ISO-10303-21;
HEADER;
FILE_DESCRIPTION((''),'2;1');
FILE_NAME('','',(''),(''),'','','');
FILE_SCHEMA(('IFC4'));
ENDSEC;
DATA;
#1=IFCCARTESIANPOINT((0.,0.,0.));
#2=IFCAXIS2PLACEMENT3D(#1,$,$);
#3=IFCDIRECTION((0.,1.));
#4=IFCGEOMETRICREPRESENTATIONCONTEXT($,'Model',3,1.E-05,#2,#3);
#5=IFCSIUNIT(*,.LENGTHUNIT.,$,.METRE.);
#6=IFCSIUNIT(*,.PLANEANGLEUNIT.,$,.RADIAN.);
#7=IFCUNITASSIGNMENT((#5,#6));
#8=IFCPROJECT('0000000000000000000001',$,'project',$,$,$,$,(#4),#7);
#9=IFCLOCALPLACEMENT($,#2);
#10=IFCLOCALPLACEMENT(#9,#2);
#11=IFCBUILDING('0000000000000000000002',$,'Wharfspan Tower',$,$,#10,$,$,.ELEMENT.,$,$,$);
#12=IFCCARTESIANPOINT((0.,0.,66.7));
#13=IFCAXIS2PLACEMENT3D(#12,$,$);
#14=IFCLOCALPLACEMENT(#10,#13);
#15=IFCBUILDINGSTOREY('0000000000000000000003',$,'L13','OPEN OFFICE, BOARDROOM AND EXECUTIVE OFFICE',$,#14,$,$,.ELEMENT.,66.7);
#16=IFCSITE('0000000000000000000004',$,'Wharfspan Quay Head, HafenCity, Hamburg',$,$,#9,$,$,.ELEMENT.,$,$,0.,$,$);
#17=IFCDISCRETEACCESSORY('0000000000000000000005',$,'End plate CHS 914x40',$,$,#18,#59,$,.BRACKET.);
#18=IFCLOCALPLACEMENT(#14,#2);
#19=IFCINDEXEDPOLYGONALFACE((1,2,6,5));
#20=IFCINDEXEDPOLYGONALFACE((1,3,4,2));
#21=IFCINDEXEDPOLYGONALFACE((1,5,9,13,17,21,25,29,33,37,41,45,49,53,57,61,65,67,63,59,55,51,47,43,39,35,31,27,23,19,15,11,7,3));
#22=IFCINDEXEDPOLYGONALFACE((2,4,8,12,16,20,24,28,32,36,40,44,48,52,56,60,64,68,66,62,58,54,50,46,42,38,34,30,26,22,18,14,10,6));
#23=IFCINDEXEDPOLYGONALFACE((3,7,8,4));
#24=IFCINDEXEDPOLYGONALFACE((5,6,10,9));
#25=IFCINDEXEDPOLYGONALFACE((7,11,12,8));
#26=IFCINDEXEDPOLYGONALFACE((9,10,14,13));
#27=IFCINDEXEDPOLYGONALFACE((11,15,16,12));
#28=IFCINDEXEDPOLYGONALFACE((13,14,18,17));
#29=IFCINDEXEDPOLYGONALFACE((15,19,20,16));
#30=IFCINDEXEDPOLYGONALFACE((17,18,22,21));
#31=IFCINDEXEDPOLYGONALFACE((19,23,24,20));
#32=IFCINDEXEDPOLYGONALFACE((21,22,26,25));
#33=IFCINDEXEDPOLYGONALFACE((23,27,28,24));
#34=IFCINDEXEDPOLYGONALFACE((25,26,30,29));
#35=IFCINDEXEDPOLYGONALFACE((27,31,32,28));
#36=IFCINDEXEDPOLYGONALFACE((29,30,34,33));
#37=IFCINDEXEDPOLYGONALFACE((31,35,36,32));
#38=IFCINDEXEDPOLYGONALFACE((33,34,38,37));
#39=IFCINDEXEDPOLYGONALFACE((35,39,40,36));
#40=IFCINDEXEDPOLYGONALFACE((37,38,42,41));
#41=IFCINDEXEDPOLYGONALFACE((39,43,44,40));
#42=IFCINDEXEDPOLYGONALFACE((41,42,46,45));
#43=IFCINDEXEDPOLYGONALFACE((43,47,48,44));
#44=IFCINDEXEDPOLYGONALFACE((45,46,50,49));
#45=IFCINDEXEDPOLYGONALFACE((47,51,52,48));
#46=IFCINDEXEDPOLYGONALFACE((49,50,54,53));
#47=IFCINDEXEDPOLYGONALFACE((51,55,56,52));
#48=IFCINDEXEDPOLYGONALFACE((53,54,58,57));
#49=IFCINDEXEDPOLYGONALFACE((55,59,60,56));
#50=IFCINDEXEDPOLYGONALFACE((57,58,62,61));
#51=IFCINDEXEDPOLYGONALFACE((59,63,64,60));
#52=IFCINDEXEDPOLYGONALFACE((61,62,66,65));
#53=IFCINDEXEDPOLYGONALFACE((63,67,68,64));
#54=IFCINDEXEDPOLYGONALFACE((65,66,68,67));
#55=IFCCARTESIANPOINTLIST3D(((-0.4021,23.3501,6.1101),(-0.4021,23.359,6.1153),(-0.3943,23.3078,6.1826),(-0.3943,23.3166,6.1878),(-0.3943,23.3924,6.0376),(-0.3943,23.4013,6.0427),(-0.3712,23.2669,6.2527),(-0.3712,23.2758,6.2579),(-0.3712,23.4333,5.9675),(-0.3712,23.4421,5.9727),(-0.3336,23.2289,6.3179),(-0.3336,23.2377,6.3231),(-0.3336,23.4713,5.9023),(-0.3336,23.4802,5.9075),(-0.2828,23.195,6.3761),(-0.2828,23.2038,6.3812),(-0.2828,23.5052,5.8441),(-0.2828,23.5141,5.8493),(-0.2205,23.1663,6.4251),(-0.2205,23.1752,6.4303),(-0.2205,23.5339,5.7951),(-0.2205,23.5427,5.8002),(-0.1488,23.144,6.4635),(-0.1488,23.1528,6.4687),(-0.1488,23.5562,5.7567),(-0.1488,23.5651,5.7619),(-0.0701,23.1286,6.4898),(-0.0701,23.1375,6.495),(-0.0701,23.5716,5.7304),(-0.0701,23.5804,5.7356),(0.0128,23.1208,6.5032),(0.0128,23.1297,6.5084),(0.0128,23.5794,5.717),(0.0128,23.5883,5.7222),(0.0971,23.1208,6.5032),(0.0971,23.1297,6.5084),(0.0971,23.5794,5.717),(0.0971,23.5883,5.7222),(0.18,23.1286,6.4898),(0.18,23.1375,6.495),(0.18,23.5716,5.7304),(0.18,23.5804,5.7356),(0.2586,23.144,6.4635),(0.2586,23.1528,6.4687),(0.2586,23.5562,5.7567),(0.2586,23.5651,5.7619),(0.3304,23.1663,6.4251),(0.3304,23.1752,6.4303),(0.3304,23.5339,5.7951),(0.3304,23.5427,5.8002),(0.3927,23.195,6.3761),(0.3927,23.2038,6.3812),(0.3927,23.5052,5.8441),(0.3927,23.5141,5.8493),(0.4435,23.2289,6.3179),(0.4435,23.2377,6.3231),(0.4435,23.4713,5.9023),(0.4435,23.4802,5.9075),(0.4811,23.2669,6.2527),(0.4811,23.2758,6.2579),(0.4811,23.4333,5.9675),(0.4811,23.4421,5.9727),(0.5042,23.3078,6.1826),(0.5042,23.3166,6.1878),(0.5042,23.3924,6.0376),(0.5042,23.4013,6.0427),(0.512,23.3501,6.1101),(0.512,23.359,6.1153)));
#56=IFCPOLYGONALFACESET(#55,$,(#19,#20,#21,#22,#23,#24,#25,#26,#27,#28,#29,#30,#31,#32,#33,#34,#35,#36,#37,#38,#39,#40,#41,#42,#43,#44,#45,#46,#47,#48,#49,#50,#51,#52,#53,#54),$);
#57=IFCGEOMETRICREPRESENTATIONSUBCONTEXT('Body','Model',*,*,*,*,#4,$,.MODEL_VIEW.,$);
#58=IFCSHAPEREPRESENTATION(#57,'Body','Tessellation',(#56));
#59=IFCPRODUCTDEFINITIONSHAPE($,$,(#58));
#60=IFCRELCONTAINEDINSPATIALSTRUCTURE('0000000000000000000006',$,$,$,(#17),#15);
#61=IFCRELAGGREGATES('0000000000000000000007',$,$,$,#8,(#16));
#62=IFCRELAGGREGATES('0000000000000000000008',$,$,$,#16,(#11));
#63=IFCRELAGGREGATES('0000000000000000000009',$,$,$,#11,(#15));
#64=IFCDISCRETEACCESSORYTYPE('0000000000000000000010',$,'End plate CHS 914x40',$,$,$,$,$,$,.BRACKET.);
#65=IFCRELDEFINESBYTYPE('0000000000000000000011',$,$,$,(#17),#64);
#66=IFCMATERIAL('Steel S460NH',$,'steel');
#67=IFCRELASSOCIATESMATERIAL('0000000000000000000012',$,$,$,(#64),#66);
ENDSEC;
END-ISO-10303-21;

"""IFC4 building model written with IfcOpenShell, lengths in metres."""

from ifc_helpers import new_model, si_unit, direction, frame, origin, origin_2d, place, context, subcontext, project, spatial, circle, extrude, material, material_profile, profile_set, type_object, element, save


model = new_model("IFC4")

# Units and contexts
model_context = context("Model", 3, precision=1e-05, world=origin(), true_north=direction((0.0, 1.0)))
body_context = subcontext(model_context, "Body", "Model", "MODEL_VIEW")
ifc_project = project(units=[si_unit("LENGTHUNIT", "METRE"), si_unit("PLANEANGLEUNIT", "RADIAN")], contexts=[model_context])

# Site, building, storey
site_placement = place(None, origin())
site = spatial("IfcSite", under=ifc_project, at=site_placement, Name="Wharfspan Quay Head, HafenCity, Hamburg", CompositionType="ELEMENT", RefElevation=0.0)
building_placement = place(site_placement, origin())
building = spatial("IfcBuilding", under=site, at=building_placement, Name="Wharfspan Tower", CompositionType="ELEMENT")
storey_placement = place(building_placement, frame((0.0, 0.0, 66.7)))
storey = spatial("IfcBuildingStorey", under=building, at=storey_placement, Name="L13", Description="OPEN OFFICE, BOARDROOM AND EXECUTIVE OFFICE", CompositionType="ELEMENT", Elevation=66.7)

# Shared definitions
ifc_material_1 = material(Name="Steel S460NH", Category="steel")

# Discrete accessory
ifc_material_profile_1 = material_profile(ifc_material_1, circle(Radius=0.457, at=origin_2d()))
ifc_profile_set_1 = profile_set([ifc_material_profile_1], Name="Steel S460NH")
discrete_accessory_type = type_object("IfcDiscreteAccessoryType", Name="End plate CHS 914x40", PredefinedType="BRACKET", material=ifc_profile_set_1)
for number, where, z_axis, x_axis, name in (
    (1, (0.0549, 23.3501, 6.1101), (0.0, 0.863779, 0.503871), (-1.0, 0.0, 0.0), "End plate CHS 914x40"),
):
    element("IfcDiscreteAccessory", number, at=place(storey_placement, frame(where, z_axis=z_axis, x_axis=x_axis)), inside=storey, type_object=discrete_accessory_type, Name=name, PredefinedType="BRACKET", context=body_context, shape_type="SweptSolid", body=[
        extrude(circle(Radius=0.457, at=origin_2d()), origin(), (0.0, 0.0, 1.0), 0.0103),
    ])

save(model, "model.ifc")
